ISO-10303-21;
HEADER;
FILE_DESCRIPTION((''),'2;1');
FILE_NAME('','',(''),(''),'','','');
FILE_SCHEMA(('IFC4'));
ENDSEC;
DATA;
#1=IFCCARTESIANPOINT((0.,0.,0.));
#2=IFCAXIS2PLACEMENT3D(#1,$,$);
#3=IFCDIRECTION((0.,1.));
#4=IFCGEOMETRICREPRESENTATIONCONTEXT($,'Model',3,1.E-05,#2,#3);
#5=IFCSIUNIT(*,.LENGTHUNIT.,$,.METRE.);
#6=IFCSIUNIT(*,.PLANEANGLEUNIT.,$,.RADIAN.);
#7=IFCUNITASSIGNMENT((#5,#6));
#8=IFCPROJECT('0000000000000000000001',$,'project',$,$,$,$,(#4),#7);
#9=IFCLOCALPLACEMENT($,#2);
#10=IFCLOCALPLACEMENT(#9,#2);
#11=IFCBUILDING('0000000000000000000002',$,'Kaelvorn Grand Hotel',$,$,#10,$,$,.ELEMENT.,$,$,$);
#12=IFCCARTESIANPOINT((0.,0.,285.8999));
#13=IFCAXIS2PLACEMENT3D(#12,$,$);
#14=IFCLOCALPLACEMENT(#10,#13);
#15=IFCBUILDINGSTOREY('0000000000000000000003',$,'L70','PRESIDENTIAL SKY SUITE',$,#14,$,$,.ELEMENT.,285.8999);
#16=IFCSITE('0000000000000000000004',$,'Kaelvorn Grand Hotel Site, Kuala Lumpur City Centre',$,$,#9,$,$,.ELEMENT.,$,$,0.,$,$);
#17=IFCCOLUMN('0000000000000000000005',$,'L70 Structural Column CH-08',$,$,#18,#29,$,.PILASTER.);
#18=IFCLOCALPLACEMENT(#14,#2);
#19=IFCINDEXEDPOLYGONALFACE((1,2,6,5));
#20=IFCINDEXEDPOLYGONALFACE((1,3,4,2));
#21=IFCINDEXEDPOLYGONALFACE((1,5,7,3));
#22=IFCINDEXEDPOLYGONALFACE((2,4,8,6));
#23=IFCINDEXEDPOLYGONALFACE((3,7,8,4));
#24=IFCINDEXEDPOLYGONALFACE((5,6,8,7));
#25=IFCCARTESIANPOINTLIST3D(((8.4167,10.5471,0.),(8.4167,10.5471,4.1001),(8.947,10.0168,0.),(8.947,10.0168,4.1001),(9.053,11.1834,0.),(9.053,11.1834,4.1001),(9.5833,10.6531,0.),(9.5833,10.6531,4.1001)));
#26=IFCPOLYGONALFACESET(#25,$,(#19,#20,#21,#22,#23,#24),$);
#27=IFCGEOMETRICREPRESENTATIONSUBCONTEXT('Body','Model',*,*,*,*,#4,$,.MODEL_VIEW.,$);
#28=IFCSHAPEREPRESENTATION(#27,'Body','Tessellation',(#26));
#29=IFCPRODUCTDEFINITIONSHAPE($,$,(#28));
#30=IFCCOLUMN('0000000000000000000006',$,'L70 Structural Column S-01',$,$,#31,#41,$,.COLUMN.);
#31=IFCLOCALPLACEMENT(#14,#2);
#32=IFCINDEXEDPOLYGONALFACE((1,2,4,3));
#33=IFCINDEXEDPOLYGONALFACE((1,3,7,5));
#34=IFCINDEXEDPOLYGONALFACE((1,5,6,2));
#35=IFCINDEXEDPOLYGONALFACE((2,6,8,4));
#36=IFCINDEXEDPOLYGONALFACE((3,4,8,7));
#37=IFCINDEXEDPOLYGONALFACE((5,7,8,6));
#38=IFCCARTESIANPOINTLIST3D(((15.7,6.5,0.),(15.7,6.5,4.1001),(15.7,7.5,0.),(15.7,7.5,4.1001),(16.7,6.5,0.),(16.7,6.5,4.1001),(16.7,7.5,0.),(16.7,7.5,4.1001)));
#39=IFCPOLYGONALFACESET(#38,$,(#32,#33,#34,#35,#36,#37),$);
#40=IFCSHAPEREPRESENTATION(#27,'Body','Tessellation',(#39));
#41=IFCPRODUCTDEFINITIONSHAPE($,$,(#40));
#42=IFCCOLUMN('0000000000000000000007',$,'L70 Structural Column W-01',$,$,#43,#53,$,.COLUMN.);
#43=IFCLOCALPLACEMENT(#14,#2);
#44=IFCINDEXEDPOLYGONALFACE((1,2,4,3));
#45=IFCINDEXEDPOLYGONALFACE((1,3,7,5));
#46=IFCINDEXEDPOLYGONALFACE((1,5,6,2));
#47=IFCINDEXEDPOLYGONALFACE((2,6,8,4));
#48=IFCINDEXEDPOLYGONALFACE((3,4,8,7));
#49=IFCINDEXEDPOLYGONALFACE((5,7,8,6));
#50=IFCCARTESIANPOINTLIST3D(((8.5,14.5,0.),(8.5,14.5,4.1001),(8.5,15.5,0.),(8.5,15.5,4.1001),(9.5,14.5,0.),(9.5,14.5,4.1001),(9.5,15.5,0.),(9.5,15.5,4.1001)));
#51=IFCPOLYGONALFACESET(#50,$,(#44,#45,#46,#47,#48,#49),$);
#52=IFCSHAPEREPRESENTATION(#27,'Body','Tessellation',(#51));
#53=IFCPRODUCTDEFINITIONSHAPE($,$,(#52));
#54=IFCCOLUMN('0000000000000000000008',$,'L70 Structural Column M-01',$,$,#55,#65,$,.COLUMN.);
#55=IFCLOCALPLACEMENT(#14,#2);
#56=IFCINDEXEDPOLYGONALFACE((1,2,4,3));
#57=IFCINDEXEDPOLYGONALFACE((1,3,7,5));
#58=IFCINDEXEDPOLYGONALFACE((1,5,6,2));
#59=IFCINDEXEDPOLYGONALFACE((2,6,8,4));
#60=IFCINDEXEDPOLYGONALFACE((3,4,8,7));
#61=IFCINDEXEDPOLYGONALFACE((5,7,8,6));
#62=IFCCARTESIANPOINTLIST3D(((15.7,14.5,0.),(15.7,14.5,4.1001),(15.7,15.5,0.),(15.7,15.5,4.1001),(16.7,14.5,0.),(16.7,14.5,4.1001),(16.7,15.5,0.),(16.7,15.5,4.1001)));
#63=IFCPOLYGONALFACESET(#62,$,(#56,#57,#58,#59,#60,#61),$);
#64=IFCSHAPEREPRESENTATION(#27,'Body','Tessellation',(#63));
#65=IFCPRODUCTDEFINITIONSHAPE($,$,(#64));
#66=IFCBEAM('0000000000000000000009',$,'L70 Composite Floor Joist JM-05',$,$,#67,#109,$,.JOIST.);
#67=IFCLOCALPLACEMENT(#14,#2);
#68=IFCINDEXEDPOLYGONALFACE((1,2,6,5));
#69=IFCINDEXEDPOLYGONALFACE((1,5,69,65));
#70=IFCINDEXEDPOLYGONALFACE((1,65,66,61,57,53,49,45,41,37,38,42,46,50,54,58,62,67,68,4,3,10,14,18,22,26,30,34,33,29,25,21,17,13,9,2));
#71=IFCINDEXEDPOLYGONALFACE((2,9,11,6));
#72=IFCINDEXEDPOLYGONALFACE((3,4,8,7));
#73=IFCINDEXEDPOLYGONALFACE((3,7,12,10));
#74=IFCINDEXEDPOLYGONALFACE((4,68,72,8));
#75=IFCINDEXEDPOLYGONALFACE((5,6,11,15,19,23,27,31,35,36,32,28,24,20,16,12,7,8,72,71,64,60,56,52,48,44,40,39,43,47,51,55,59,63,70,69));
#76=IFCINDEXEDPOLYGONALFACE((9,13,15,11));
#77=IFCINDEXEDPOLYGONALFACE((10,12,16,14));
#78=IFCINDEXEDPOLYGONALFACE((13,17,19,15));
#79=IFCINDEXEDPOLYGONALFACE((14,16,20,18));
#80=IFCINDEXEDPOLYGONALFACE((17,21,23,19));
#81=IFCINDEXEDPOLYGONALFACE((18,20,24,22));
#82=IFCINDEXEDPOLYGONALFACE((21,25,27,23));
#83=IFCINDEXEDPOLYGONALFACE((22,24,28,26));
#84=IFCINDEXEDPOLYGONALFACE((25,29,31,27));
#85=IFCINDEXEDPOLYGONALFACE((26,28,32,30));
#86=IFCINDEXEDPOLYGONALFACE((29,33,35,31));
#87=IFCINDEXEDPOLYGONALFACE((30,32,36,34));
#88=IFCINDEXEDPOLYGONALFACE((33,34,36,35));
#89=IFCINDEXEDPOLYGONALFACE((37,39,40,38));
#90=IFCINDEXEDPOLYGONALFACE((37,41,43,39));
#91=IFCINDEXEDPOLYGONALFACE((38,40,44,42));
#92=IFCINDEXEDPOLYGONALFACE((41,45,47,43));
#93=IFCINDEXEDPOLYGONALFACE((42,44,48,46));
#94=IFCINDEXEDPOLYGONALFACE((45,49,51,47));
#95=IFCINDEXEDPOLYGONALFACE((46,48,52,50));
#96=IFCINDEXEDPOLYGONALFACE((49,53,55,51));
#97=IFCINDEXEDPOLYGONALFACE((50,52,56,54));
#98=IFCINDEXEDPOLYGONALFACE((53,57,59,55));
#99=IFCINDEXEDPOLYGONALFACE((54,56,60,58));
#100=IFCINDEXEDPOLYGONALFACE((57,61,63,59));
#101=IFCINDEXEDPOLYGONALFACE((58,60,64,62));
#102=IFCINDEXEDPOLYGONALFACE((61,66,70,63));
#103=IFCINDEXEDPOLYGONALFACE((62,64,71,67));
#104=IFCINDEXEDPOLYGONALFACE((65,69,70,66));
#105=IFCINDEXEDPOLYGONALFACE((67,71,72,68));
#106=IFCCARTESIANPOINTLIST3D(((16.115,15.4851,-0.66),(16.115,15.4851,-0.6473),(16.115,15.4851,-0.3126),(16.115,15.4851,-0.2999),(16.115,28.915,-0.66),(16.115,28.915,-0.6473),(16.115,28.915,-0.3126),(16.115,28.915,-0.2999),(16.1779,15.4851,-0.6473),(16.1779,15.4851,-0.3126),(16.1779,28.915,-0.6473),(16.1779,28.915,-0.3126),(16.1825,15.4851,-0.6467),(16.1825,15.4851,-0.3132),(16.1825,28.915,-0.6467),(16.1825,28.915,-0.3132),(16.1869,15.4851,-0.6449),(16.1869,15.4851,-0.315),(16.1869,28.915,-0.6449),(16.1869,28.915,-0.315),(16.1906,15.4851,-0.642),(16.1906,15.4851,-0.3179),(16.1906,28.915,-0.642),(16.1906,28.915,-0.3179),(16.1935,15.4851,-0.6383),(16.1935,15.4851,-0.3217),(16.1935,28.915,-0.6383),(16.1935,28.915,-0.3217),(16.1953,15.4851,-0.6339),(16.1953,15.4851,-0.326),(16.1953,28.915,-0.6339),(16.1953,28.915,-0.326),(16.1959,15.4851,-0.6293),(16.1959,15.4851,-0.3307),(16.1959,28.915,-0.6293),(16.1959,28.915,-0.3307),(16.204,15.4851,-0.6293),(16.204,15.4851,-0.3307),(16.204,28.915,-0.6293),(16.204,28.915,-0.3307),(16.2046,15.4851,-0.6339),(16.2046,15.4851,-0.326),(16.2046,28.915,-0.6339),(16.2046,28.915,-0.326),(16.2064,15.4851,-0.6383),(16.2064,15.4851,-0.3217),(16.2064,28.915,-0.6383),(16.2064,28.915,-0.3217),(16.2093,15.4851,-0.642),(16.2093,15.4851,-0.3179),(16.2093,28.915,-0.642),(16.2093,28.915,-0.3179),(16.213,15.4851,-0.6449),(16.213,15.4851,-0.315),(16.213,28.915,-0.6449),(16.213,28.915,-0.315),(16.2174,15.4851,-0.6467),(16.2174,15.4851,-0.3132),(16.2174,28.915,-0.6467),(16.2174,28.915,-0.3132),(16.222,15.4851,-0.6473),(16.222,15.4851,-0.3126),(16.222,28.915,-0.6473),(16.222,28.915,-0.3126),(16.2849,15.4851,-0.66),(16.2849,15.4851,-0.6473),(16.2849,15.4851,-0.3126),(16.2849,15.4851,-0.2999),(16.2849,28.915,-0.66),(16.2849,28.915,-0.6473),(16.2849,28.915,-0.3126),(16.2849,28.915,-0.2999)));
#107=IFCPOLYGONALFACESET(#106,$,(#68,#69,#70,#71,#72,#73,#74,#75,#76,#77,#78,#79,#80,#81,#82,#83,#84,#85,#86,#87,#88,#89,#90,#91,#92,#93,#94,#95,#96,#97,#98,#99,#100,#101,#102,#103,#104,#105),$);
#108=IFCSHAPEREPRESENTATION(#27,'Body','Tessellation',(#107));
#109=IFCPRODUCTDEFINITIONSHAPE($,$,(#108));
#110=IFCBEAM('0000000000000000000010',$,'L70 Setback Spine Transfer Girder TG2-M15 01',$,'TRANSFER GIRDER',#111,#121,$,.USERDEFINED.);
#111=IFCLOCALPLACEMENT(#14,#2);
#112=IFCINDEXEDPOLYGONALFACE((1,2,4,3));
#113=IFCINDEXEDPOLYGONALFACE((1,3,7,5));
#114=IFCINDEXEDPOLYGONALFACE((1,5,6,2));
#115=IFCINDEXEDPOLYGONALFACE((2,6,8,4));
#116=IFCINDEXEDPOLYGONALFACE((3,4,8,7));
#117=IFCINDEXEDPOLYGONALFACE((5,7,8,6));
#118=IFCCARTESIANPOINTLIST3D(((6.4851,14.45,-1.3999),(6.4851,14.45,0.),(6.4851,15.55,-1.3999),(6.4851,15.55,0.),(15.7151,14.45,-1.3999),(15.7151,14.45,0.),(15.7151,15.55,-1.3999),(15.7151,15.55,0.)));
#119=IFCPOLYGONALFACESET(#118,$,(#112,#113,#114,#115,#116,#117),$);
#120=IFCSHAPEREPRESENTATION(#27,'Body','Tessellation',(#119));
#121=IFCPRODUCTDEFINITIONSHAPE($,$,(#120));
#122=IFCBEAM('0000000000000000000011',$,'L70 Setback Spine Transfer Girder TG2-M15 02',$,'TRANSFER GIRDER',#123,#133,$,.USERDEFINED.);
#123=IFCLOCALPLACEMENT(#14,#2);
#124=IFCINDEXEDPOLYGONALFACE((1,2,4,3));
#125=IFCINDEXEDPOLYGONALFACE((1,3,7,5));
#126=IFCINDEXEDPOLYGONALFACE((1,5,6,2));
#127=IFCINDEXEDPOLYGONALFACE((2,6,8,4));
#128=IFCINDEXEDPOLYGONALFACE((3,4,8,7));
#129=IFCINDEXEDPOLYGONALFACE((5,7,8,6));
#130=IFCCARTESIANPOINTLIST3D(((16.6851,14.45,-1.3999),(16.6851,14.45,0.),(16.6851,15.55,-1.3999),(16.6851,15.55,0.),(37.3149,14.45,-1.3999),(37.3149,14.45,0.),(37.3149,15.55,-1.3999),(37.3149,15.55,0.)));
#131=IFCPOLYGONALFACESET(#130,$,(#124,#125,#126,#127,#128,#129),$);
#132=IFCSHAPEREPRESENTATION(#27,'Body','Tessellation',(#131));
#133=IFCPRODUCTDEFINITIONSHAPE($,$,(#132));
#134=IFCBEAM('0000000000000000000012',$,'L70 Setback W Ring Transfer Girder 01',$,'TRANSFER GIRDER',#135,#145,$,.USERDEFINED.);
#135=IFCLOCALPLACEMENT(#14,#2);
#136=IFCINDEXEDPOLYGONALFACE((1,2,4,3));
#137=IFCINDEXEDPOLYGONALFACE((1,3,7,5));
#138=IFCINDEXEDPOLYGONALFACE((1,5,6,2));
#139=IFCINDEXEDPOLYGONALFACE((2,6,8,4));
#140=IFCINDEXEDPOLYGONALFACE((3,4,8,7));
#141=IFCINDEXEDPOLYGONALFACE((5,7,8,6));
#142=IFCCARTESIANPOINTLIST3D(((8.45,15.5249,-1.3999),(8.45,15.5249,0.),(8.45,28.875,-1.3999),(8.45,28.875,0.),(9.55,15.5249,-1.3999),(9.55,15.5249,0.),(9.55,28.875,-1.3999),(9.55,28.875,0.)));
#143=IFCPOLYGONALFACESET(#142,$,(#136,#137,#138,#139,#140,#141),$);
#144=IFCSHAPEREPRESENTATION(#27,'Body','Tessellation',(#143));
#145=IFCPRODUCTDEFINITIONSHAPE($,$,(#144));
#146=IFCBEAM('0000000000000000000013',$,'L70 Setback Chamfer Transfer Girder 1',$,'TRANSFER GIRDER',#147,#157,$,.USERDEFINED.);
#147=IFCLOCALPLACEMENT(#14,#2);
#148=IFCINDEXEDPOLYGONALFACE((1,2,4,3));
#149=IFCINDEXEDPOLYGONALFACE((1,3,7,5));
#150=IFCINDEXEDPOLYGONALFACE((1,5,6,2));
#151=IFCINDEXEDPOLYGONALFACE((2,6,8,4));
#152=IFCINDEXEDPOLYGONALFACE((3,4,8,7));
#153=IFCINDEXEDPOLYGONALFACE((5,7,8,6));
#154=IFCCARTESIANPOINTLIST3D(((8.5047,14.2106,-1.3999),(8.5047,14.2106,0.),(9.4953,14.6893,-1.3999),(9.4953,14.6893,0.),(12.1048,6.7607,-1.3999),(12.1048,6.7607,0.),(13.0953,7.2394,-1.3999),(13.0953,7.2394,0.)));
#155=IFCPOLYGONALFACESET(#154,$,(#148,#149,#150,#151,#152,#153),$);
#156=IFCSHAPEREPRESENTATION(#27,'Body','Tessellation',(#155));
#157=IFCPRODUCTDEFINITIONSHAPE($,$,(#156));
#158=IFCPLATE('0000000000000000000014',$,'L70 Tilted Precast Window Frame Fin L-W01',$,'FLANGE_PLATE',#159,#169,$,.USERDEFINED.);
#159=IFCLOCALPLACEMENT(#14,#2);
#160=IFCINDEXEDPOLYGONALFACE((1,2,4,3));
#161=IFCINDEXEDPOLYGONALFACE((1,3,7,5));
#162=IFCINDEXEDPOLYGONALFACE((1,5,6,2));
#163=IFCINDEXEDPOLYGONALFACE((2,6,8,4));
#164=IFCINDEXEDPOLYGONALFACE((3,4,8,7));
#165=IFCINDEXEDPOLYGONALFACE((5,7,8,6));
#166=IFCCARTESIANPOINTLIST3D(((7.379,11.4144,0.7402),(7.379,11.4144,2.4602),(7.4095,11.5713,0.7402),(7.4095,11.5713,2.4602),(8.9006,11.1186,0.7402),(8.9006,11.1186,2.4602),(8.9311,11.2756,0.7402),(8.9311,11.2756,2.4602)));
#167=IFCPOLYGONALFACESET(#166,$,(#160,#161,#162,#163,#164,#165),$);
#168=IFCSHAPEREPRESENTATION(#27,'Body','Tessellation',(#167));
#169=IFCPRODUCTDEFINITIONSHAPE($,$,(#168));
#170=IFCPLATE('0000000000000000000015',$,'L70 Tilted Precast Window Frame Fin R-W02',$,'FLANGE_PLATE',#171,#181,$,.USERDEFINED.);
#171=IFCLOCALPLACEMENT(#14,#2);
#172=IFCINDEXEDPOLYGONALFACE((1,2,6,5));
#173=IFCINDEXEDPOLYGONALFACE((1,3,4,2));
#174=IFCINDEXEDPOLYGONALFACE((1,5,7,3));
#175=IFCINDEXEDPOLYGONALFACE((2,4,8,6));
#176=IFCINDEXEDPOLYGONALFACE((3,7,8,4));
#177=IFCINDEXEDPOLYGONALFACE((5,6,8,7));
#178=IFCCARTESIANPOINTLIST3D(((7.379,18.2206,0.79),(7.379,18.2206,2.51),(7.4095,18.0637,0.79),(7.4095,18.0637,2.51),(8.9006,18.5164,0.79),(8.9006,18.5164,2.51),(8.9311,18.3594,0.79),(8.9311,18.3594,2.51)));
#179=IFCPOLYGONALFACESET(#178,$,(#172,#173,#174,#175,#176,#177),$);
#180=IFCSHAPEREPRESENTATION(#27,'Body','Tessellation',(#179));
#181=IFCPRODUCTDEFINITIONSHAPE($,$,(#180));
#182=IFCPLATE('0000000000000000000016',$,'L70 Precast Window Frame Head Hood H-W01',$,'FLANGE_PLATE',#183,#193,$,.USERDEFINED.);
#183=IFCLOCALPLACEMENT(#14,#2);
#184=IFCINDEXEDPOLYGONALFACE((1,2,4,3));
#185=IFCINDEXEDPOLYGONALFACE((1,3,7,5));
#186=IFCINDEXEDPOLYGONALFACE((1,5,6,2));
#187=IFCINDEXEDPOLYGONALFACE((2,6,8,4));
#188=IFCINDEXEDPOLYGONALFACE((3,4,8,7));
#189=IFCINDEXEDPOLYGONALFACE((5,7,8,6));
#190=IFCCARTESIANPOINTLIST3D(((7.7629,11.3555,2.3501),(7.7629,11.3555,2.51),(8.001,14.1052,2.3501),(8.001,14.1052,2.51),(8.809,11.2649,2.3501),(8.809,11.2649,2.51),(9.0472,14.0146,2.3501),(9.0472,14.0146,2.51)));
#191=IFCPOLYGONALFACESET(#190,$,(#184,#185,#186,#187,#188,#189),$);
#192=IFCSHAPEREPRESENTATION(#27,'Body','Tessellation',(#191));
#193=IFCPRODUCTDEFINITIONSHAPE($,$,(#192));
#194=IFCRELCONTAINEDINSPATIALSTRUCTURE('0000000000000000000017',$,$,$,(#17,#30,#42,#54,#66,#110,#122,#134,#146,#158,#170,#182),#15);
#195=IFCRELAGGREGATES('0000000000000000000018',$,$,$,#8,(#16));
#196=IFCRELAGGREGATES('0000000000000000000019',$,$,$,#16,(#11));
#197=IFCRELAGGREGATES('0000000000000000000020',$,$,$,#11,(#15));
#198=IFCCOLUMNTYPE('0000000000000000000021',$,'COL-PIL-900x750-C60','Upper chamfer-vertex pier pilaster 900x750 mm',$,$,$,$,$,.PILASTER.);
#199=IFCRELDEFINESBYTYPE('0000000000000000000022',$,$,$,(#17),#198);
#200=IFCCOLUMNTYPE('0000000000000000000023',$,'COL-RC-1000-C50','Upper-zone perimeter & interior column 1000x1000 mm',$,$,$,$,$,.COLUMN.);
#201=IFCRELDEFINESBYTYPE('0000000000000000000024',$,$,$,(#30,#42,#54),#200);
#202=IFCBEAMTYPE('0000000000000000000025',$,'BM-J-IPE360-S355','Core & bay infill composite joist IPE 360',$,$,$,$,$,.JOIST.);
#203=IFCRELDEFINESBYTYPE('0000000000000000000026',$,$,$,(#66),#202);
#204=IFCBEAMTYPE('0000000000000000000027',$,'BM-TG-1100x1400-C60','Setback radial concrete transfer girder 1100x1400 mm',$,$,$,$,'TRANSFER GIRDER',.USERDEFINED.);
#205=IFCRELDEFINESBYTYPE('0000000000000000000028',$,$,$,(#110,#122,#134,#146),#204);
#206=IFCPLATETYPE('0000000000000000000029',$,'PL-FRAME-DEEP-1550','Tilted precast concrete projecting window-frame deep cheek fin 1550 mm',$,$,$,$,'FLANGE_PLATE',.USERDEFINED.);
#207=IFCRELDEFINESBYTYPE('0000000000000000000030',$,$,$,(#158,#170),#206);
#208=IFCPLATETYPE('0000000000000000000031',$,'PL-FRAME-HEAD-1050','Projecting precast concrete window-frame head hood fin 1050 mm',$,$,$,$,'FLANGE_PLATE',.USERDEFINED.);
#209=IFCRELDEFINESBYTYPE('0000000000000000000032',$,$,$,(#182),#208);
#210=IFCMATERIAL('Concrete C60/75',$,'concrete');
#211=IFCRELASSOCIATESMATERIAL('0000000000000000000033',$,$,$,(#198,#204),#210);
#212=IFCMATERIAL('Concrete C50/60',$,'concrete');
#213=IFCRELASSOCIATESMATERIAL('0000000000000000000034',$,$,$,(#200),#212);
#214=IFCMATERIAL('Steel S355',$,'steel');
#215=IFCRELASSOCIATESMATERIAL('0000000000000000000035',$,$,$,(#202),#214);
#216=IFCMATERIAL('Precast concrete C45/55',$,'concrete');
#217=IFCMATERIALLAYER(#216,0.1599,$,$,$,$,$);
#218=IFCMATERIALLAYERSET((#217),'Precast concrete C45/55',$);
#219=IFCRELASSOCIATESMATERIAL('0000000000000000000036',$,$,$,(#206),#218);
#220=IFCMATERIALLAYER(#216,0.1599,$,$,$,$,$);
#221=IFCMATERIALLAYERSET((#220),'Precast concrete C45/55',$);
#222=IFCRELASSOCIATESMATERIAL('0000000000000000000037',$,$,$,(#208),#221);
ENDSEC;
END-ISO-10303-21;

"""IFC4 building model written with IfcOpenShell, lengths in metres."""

from ifc_helpers import new_model, si_unit, direction, frame, origin, origin_2d, place, context, subcontext, project, spatial, rectangle, i_section, extrude, material, layer, layer_set, material_profile, profile_set, type_object, element, save


model = new_model("IFC4")

# Units and contexts
model_context = context("Model", 3, precision=1e-05, world=origin(), true_north=direction((0.0, 1.0)))
body_context = subcontext(model_context, "Body", "Model", "MODEL_VIEW")
ifc_project = project(units=[si_unit("LENGTHUNIT", "METRE"), si_unit("PLANEANGLEUNIT", "RADIAN")], contexts=[model_context])

# Site, building, storey
site_placement = place(None, origin())
site = spatial("IfcSite", under=ifc_project, at=site_placement, Name="Kaelvorn Grand Hotel Site, Kuala Lumpur City Centre", CompositionType="ELEMENT", RefElevation=0.0)
building_placement = place(site_placement, origin())
building = spatial("IfcBuilding", under=site, at=building_placement, Name="Kaelvorn Grand Hotel", CompositionType="ELEMENT")
storey_placement = place(building_placement, frame((0.0, 0.0, 285.8999)))
storey = spatial("IfcBuildingStorey", under=building, at=storey_placement, Name="L70", Description="PRESIDENTIAL SKY SUITE", CompositionType="ELEMENT", Elevation=285.8999)

# Columns
ifc_material_1 = material(Name="Concrete C60/75", Category="concrete")
ifc_material_profile_1 = material_profile(ifc_material_1, rectangle(XDim=0.8999, YDim=0.75, at=origin_2d()), Name="RC PILASTER 900x750")
ifc_profile_set_1 = profile_set([ifc_material_profile_1], Name="Concrete C60/75")
column_type_1 = type_object("IfcColumnType", Name="COL-PIL-900x750-C60", Description="Upper chamfer-vertex pier pilaster 900x750 mm", PredefinedType="PILASTER", material=ifc_profile_set_1)
column_placement = place(storey_placement, frame((9.0, 10.6001, 0.0), z_axis=(0.0, 0.0, 1.0), x_axis=(0.707107, 0.707107, 0.0)))
element("IfcColumn", 1, at=column_placement, inside=storey, type_object=column_type_1, Name="L70 Structural Column CH-08", PredefinedType="PILASTER", context=body_context, shape_type="SweptSolid", body=[
    extrude(rectangle(XDim=0.8999, YDim=0.75, at=origin_2d()), origin(), (0.0, 0.0, 1.0), 4.1001),
])
ifc_material_2 = material(Name="Concrete C50/60", Category="concrete")
ifc_material_profile_2 = material_profile(ifc_material_2, rectangle(XDim=1.0, YDim=1.0, at=origin_2d()), Name="RC COL 1000x1000")
ifc_profile_set_2 = profile_set([ifc_material_profile_2], Name="Concrete C50/60")
column_type_2 = type_object("IfcColumnType", Name="COL-RC-1000-C50", Description="Upper-zone perimeter & interior column 1000x1000 mm", PredefinedType="COLUMN", material=ifc_profile_set_2)
for number, where, z_axis, x_axis, name in (
    (2, (16.2, 7.0, 0.0), (0.0, 0.0, 1.0), (1.0, 0.0, 0.0), "L70 Structural Column S-01"),
    (3, (9.0, 15.0, 0.0), (0.0, 0.0, 1.0), (1.0, 0.0, 0.0), "L70 Structural Column W-01"),
    (4, (16.2, 15.0, 0.0), (0.0, 0.0, 1.0), (1.0, 0.0, 0.0), "L70 Structural Column M-01"),
):
    element("IfcColumn", number, at=place(storey_placement, frame(where, z_axis=z_axis, x_axis=x_axis)), inside=storey, type_object=column_type_2, Name=name, PredefinedType="COLUMN", context=body_context, shape_type="SweptSolid", body=[
        extrude(rectangle(XDim=1.0, YDim=1.0, at=origin_2d()), origin(), (0.0, 0.0, 1.0), 4.1001),
    ])

# Beams
ifc_material_3 = material(Name="Steel S355", Category="steel")
ifc_material_profile_3 = material_profile(ifc_material_3, i_section(OverallWidth=0.1699, OverallDepth=0.3601, WebThickness=0.0081, FlangeThickness=0.0127, FilletRadius=0.0181, at=origin_2d()), Name="IPE 360")
ifc_profile_set_3 = profile_set([ifc_material_profile_3], Name="Steel S355")
beam_type_1 = type_object("IfcBeamType", Name="BM-J-IPE360-S355", Description="Core & bay infill composite joist IPE 360", PredefinedType="JOIST", material=ifc_profile_set_3)
beam_1_placement = place(storey_placement, frame((16.2, 15.4851, -0.48), z_axis=(0.0, 1.0, 0.0), x_axis=(-1.0, 0.0, 0.0)))
element("IfcBeam", 5, at=beam_1_placement, inside=storey, type_object=beam_type_1, Name="L70 Composite Floor Joist JM-05", PredefinedType="JOIST", context=body_context, shape_type="SweptSolid", body=[
    extrude(i_section(OverallWidth=0.1699, OverallDepth=0.3601, WebThickness=0.0081, FlangeThickness=0.0127, FilletRadius=0.0181, at=origin_2d()), origin(), (0.0, 0.0, 1.0), 13.4299),
])
ifc_material_profile_4 = material_profile(ifc_material_1, rectangle(XDim=1.1001, YDim=1.3999, at=origin_2d()), Name="RC TG 1100x1400")
ifc_profile_set_4 = profile_set([ifc_material_profile_4], Name="Concrete C60/75")
beam_type_2 = type_object("IfcBeamType", Name="BM-TG-1100x1400-C60", Description="Setback radial concrete transfer girder 1100x1400 mm", ElementType="TRANSFER GIRDER", PredefinedType="USERDEFINED", material=ifc_profile_set_4)
beam_2_placement = place(storey_placement, frame((6.4851, 15.0, -0.7), z_axis=(1.0, 0.0, 0.0), x_axis=(0.0, 1.0, 0.0)))
element("IfcBeam", 6, at=beam_2_placement, inside=storey, type_object=beam_type_2, Name="L70 Setback Spine Transfer Girder TG2-M15 01", ObjectType="TRANSFER GIRDER", PredefinedType="USERDEFINED", context=body_context, shape_type="SweptSolid", body=[
    extrude(rectangle(XDim=1.1001, YDim=1.3999, at=origin_2d()), origin(), (0.0, 0.0, 1.0), 9.23),
])
beam_3_placement = place(storey_placement, frame((16.6851, 15.0, -0.7), z_axis=(1.0, 0.0, 0.0), x_axis=(0.0, 1.0, 0.0)))
element("IfcBeam", 7, at=beam_3_placement, inside=storey, type_object=beam_type_2, Name="L70 Setback Spine Transfer Girder TG2-M15 02", ObjectType="TRANSFER GIRDER", PredefinedType="USERDEFINED", context=body_context, shape_type="SweptSolid", body=[
    extrude(rectangle(XDim=1.1001, YDim=1.3999, at=origin_2d()), origin(), (0.0, 0.0, 1.0), 20.6299),
])
beam_4_placement = place(storey_placement, frame((9.0, 15.5249, -0.7), z_axis=(0.0, 1.0, 0.0), x_axis=(-1.0, 0.0, 0.0)))
element("IfcBeam", 8, at=beam_4_placement, inside=storey, type_object=beam_type_2, Name="L70 Setback W Ring Transfer Girder 01", ObjectType="TRANSFER GIRDER", PredefinedType="USERDEFINED", context=body_context, shape_type="SweptSolid", body=[
    extrude(rectangle(XDim=1.1001, YDim=1.3999, at=origin_2d()), origin(), (0.0, 0.0, 1.0), 13.3501),
])
beam_5_placement = place(storey_placement, frame((9.0, 14.45, -0.7), z_axis=(0.435099, -0.900383, 0.0), x_axis=(0.900383, 0.435099, 0.0)))
element("IfcBeam", 9, at=beam_5_placement, inside=storey, type_object=beam_type_2, Name="L70 Setback Chamfer Transfer Girder 1", ObjectType="TRANSFER GIRDER", PredefinedType="USERDEFINED", context=body_context, shape_type="SweptSolid", body=[
    extrude(rectangle(XDim=1.1001, YDim=1.3999, at=origin_2d()), origin(), (0.0, 0.0, 1.0), 8.2742),
])

# Plates
ifc_material_4 = material(Name="Precast concrete C45/55", Category="concrete")
ifc_layer_1 = layer(ifc_material_4, 0.1599)
ifc_layer_set_1 = layer_set([ifc_layer_1], Name="Precast concrete C45/55")
plate_type_1 = type_object("IfcPlateType", Name="PL-FRAME-DEEP-1550", Description="Tilted precast concrete projecting window-frame deep cheek fin 1550 mm", ElementType="FLANGE_PLATE", PredefinedType="USERDEFINED", material=ifc_layer_set_1)
for number, where, z_axis, x_axis, name in (
    (10, (8.155, 11.345, 0.7402), (0.0, 0.0, 1.0), (0.190809, 0.981627, 0.0), "L70 Tilted Precast Window Frame Fin L-W01"),
    (11, (8.155, 18.29, 0.79), (0.0, 0.0, 1.0), (-0.190809, 0.981627, 0.0), "L70 Tilted Precast Window Frame Fin R-W02"),
):
    element("IfcPlate", number, at=place(storey_placement, frame(where, z_axis=z_axis, x_axis=x_axis)), inside=storey, type_object=plate_type_1, Name=name, ObjectType="FLANGE_PLATE", PredefinedType="USERDEFINED", context=body_context, shape_type="SweptSolid", body=[
        extrude(rectangle(XDim=0.1599, YDim=1.55, at=origin_2d()), origin(), (0.0, 0.0, 1.0), 1.72),
    ])
ifc_layer_2 = layer(ifc_material_4, 0.1599)
ifc_layer_set_2 = layer_set([ifc_layer_2], Name="Precast concrete C45/55")
plate_type_2 = type_object("IfcPlateType", Name="PL-FRAME-HEAD-1050", Description="Projecting precast concrete window-frame head hood fin 1050 mm", ElementType="FLANGE_PLATE", PredefinedType="USERDEFINED", material=ifc_layer_set_2)
plate_1_placement = place(storey_placement, frame((8.405, 12.6851, 2.3501), z_axis=(0.0, 0.0, 1.0), x_axis=(0.086286, 0.99627, 0.0)))
element("IfcPlate", 12, at=plate_1_placement, inside=storey, type_object=plate_type_2, Name="L70 Precast Window Frame Head Hood H-W01", ObjectType="FLANGE_PLATE", PredefinedType="USERDEFINED", context=body_context, shape_type="SweptSolid", body=[
    extrude(rectangle(XDim=2.76, YDim=1.05, at=origin_2d()), origin(), (0.0, 0.0, 1.0), 0.1599),
])

save(model, "model.ifc")
